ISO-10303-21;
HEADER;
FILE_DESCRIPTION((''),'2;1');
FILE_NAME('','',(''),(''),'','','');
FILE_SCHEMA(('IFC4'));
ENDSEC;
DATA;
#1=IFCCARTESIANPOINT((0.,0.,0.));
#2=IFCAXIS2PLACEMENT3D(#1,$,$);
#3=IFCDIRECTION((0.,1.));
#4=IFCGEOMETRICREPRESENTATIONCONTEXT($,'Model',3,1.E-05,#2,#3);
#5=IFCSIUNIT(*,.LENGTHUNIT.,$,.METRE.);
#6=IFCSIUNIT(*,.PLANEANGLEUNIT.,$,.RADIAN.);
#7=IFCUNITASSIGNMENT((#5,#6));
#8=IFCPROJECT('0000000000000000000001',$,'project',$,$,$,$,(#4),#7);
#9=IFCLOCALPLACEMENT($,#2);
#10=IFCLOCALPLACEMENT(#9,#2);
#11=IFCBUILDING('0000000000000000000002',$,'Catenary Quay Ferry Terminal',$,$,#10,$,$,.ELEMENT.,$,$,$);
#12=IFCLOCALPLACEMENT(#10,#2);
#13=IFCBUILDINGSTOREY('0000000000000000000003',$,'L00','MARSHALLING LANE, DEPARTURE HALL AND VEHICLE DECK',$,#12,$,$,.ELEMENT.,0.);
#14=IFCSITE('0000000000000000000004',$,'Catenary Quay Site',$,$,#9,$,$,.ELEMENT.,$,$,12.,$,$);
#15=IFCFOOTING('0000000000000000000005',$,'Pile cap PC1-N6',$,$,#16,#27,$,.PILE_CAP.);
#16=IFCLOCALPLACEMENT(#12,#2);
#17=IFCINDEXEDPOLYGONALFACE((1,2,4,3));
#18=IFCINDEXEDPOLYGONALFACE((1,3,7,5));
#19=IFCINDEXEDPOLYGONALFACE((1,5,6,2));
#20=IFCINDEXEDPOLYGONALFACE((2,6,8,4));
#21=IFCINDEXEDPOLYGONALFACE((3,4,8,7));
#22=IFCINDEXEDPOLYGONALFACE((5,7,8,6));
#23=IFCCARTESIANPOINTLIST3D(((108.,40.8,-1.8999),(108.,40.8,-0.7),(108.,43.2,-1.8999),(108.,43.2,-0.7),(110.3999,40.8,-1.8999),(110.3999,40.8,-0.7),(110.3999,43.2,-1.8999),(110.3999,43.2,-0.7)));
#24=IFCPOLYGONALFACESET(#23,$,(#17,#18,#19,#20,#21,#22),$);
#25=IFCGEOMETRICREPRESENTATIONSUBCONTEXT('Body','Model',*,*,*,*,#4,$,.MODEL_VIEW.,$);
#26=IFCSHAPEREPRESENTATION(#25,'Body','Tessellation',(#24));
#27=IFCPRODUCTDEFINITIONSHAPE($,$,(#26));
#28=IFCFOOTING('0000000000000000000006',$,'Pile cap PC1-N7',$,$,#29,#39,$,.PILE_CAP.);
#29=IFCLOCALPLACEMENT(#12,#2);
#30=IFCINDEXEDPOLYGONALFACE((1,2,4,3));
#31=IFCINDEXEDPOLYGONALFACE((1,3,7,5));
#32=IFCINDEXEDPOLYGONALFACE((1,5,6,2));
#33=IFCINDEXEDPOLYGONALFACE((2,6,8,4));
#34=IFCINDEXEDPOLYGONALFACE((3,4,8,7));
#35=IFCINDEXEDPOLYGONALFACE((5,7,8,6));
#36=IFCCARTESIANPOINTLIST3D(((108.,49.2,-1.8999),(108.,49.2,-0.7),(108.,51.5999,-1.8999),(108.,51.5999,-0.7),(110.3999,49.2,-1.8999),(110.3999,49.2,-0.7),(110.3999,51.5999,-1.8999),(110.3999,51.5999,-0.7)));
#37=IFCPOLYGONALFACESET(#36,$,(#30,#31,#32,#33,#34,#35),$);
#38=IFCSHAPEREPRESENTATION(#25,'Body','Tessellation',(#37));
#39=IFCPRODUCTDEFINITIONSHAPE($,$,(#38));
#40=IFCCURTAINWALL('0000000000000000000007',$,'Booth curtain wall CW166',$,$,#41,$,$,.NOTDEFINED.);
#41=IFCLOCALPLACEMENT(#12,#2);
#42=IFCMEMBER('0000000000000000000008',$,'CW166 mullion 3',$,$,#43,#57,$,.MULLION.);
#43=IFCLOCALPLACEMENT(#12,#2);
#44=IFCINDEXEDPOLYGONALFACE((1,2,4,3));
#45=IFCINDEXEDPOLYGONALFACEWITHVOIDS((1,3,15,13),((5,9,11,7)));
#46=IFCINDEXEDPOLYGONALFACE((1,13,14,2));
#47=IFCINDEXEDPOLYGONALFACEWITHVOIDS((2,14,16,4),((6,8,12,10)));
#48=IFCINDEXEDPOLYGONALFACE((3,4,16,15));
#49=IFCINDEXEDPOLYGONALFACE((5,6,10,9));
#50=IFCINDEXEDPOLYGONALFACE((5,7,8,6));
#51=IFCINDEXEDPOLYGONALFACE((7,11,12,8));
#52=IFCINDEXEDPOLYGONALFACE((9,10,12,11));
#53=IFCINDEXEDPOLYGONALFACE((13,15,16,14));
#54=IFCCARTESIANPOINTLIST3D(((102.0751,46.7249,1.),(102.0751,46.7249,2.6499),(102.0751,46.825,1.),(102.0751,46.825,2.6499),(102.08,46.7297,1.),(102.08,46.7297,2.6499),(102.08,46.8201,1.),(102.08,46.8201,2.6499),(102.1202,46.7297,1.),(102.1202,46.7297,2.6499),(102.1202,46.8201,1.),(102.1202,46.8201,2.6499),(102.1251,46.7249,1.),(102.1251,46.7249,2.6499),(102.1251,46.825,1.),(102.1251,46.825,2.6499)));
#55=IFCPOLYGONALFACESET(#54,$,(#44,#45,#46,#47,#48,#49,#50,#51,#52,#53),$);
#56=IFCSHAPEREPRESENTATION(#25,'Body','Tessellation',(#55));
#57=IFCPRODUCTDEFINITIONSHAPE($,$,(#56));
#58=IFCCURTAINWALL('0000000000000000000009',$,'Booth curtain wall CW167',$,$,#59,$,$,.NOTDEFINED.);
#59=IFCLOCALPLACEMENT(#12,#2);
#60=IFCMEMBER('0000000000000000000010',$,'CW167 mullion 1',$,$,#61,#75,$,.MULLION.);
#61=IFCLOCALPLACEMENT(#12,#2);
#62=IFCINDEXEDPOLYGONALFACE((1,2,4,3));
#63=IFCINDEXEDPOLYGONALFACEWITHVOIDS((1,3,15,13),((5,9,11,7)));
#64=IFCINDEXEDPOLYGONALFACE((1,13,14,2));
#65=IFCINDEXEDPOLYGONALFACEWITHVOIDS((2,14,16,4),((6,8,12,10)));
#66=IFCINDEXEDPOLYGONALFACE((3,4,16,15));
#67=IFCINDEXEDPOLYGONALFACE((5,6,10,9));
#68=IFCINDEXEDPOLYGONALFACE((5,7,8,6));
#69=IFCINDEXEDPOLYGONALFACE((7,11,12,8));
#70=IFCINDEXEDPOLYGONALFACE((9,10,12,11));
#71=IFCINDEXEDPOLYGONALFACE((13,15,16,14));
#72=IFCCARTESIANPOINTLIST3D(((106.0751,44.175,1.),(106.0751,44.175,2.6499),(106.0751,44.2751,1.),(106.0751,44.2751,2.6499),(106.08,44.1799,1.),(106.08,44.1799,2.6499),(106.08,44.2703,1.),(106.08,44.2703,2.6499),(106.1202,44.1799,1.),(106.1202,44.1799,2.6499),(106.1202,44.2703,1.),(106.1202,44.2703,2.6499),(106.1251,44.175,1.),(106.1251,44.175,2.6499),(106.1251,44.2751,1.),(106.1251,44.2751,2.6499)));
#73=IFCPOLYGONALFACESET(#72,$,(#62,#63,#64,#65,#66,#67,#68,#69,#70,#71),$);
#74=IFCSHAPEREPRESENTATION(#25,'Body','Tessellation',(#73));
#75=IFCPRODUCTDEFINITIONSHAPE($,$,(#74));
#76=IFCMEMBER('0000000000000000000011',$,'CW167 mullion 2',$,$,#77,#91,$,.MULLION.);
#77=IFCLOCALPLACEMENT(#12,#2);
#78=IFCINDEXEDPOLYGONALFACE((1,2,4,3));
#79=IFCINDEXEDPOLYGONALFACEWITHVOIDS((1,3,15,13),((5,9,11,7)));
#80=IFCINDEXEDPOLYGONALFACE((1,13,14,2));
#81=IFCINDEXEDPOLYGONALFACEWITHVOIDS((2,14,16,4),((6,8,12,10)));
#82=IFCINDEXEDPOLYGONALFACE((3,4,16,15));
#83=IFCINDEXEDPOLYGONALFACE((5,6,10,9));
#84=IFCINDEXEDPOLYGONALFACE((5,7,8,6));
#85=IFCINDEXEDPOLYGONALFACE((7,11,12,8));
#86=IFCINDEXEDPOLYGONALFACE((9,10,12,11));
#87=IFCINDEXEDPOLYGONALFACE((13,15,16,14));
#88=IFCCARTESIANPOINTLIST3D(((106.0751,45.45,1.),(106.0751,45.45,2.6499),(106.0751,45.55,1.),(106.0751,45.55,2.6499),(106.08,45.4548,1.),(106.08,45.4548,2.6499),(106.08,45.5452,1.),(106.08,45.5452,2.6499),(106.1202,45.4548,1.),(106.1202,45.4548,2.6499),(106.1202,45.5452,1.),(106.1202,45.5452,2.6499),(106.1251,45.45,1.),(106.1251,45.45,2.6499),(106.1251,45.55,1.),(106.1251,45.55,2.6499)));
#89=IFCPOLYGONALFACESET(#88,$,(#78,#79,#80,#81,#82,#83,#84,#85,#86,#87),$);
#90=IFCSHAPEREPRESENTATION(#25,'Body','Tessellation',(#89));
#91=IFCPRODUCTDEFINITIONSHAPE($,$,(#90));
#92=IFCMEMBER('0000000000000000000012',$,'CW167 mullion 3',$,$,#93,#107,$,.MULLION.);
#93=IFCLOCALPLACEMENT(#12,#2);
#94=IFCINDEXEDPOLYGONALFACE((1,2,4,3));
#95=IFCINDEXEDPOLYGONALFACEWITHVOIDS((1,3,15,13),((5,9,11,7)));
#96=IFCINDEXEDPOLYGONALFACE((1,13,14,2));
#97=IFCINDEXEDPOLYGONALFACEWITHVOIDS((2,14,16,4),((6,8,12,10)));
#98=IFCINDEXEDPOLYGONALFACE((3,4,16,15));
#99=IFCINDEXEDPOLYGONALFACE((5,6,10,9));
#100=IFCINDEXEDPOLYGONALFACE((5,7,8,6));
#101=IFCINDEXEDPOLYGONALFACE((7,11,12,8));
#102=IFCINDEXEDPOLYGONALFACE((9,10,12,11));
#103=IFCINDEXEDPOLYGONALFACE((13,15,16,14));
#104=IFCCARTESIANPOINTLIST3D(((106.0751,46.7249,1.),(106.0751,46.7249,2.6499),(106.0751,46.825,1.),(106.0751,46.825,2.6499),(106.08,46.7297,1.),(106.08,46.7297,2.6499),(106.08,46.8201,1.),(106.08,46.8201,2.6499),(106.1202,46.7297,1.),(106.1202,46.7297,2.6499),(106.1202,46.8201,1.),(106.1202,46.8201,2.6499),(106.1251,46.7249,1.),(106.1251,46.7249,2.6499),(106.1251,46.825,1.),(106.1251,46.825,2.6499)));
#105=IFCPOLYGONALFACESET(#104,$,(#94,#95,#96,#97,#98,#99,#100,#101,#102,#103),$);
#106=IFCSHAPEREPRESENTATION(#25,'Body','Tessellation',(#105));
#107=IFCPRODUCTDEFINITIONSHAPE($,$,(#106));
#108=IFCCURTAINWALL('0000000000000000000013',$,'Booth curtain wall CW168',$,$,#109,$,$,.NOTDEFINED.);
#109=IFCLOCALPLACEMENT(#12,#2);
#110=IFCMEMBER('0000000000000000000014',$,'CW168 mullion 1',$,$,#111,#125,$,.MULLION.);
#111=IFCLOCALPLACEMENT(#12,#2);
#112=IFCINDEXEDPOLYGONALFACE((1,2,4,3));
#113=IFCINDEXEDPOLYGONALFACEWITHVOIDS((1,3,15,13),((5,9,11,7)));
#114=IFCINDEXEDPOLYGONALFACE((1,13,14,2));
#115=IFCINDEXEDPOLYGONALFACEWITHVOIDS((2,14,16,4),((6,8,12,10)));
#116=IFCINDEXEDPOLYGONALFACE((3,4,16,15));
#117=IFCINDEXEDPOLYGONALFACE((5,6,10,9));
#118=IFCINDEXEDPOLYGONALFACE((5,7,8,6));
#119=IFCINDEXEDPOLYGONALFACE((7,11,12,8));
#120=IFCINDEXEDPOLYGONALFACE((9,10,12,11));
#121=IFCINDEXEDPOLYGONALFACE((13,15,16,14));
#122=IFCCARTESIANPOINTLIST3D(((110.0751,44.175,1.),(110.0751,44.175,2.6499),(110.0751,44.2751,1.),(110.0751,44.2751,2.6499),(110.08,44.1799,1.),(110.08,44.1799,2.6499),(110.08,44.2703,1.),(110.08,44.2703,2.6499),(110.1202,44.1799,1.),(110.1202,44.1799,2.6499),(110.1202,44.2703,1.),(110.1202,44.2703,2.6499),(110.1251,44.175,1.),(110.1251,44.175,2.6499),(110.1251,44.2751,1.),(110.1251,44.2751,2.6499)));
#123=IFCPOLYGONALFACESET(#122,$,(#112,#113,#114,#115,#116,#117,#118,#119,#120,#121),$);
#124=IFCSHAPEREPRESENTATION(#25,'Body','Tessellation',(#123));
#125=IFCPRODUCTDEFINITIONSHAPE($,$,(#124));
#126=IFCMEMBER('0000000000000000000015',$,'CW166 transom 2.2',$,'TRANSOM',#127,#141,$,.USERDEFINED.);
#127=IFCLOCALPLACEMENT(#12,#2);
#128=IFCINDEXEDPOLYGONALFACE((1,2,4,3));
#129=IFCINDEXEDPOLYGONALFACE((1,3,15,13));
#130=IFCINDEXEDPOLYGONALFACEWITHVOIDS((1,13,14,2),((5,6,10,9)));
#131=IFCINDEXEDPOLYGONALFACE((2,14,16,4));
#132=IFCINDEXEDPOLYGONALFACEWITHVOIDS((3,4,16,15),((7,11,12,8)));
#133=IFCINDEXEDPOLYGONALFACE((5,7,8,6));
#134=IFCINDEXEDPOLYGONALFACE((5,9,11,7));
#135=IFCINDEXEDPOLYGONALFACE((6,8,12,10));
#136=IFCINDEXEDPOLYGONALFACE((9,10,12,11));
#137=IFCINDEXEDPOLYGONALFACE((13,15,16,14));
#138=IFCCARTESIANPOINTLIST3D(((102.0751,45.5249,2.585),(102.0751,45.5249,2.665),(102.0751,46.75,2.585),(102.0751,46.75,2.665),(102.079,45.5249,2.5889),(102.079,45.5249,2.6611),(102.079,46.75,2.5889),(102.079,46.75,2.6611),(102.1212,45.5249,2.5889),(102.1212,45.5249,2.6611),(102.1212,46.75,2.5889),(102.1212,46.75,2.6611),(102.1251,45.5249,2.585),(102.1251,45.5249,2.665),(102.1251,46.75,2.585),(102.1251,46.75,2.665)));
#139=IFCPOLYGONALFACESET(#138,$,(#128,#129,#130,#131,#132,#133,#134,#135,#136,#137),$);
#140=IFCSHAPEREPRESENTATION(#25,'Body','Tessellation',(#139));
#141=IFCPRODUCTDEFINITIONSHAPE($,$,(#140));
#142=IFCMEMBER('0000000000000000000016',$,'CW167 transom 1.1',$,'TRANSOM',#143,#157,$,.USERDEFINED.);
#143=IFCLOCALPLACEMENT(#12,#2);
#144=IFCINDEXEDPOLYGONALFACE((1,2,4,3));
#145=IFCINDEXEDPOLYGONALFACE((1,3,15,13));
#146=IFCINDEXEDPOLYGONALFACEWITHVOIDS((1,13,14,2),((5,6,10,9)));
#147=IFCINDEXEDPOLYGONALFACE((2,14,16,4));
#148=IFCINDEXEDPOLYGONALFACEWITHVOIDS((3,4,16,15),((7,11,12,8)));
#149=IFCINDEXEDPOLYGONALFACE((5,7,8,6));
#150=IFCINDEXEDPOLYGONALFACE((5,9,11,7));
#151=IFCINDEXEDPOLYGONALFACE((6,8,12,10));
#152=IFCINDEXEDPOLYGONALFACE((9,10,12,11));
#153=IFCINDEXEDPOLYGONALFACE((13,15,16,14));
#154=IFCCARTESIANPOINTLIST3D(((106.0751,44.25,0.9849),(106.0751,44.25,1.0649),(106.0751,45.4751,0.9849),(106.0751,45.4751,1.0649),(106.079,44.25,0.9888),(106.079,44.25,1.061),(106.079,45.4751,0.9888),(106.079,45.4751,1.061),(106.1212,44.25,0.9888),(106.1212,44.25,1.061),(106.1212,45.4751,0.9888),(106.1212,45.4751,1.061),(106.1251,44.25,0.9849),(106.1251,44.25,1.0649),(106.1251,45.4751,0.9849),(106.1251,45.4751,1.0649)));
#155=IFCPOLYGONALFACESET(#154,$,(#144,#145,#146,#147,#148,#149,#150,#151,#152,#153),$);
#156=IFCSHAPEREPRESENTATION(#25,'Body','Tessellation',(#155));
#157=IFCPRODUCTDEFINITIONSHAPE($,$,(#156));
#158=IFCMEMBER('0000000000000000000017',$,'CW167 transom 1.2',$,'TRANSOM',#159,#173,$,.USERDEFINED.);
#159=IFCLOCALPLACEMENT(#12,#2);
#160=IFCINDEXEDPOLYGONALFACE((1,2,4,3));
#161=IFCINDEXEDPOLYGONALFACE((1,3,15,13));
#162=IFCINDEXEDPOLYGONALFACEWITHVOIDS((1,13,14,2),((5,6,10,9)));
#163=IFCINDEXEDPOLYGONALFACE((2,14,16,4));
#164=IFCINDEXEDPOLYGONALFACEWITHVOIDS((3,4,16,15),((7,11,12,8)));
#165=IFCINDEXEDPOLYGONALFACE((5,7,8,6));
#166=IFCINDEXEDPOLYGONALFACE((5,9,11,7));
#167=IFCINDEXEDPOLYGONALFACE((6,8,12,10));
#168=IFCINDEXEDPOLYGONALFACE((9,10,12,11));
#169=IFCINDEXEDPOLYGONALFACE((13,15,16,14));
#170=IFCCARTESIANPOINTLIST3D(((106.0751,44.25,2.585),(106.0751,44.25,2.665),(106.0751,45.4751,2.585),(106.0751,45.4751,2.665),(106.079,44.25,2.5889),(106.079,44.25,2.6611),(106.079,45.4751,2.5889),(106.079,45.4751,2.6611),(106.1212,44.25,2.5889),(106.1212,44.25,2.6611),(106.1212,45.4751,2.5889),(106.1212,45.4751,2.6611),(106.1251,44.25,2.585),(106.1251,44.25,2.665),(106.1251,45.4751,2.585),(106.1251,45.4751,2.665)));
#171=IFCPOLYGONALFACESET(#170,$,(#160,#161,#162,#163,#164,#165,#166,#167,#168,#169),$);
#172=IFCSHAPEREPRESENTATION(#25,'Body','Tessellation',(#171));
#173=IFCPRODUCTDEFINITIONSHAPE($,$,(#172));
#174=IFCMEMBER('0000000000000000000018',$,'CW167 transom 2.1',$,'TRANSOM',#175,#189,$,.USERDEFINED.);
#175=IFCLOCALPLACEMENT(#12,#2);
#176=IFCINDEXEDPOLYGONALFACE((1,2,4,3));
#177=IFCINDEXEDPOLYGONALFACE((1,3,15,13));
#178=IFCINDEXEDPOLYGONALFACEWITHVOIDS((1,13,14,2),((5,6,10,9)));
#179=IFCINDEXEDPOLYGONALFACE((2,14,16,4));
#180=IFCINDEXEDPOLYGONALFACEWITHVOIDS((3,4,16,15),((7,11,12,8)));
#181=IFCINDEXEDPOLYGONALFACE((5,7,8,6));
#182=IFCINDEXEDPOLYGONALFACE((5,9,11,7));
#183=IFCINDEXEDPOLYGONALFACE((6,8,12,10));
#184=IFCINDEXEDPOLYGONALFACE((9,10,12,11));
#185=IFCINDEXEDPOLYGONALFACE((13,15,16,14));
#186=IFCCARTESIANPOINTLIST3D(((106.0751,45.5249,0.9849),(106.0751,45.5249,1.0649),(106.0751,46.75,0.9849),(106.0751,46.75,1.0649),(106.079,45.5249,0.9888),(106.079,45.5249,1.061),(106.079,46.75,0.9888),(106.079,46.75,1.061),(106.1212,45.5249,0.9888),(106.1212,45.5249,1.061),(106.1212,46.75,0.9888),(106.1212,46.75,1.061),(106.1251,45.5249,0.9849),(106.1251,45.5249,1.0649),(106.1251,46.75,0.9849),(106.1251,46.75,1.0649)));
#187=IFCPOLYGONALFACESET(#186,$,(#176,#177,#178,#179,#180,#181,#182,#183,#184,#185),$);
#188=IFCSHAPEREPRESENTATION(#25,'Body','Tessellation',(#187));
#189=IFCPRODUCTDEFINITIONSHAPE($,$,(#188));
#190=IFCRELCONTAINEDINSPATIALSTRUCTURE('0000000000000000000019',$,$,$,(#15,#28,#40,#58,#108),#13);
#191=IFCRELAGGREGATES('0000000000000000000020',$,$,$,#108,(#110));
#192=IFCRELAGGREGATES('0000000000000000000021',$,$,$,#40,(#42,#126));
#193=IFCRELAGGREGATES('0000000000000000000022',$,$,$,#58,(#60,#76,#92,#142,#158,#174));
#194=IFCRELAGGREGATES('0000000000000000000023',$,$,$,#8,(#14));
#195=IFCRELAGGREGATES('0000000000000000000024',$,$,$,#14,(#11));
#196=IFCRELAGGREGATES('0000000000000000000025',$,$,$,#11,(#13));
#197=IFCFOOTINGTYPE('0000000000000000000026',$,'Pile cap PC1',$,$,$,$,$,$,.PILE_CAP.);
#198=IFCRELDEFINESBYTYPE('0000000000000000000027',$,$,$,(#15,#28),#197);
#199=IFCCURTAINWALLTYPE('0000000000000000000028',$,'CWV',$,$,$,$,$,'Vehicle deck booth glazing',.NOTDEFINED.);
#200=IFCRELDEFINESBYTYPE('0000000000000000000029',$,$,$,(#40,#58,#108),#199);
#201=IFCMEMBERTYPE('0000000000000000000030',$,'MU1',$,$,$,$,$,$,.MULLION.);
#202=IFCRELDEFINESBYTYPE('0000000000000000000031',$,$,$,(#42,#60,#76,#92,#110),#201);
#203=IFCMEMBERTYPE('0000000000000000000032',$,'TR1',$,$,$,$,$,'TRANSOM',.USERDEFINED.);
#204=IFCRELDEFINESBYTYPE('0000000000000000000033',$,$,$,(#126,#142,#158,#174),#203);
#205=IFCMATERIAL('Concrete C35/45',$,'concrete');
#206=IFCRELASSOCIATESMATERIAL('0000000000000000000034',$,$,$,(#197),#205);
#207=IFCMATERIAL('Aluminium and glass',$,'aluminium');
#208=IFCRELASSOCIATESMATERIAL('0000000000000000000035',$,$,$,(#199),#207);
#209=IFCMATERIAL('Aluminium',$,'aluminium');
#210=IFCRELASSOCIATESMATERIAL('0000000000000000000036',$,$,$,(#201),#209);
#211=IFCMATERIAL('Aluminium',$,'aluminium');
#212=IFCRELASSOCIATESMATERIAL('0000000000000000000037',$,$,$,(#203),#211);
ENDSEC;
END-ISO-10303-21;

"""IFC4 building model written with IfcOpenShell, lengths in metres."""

from ifc_helpers import new_model, si_unit, direction, frame, origin, origin_2d, place, context, subcontext, project, spatial, rectangle, hollow_rectangle, extrude, material, material_profile, profile_set, type_object, element, aggregate, save


model = new_model("IFC4")

# Units and contexts
model_context = context("Model", 3, precision=1e-05, world=origin(), true_north=direction((0.0, 1.0)))
body_context = subcontext(model_context, "Body", "Model", "MODEL_VIEW")
ifc_project = project(units=[si_unit("LENGTHUNIT", "METRE"), si_unit("PLANEANGLEUNIT", "RADIAN")], contexts=[model_context])

# Site, building, storey
site_placement = place(None, origin())
site = spatial("IfcSite", under=ifc_project, at=site_placement, Name="Catenary Quay Site", CompositionType="ELEMENT", RefElevation=12.0)
building_placement = place(site_placement, origin())
building = spatial("IfcBuilding", under=site, at=building_placement, Name="Catenary Quay Ferry Terminal", CompositionType="ELEMENT")
storey_placement = place(building_placement, origin())
storey = spatial("IfcBuildingStorey", under=building, at=storey_placement, Name="L00", Description="MARSHALLING LANE, DEPARTURE HALL AND VEHICLE DECK", CompositionType="ELEMENT", Elevation=0.0)

# Footings
ifc_material_1 = material(Name="Concrete C35/45", Category="concrete")
footing_type = type_object("IfcFootingType", Name="Pile cap PC1", PredefinedType="PILE_CAP", material=ifc_material_1)
for number, where, z_axis, x_axis, name in (
    (1, (109.2, 42.0, -1.8999), (0.0, 0.0, 1.0), (1.0, 0.0, 0.0), "Pile cap PC1-N6"),
    (2, (109.2, 50.3999, -1.8999), (0.0, 0.0, 1.0), (1.0, 0.0, 0.0), "Pile cap PC1-N7"),
):
    element("IfcFooting", number, at=place(storey_placement, frame(where, z_axis=z_axis, x_axis=x_axis)), inside=storey, type_object=footing_type, Name=name, PredefinedType="PILE_CAP", context=body_context, shape_type="SweptSolid", body=[
        extrude(rectangle(XDim=2.3999, YDim=2.3999, at=origin_2d()), origin(), (0.0, 0.0, 1.0), 1.2),
    ])

# Curtain wall, member
ifc_material_2 = material(Name="Aluminium and glass", Category="aluminium")
curtain_wall_type = type_object("IfcCurtainWallType", Name="CWV", ElementType="Vehicle deck booth glazing", PredefinedType="NOTDEFINED", material=ifc_material_2)
curtain_wall_1_placement = place(storey_placement, origin())
curtain_wall_1 = element("IfcCurtainWall", 3, at=curtain_wall_1_placement, inside=storey, type_object=curtain_wall_type, Name="Booth curtain wall CW166", PredefinedType="NOTDEFINED")
ifc_material_3 = material(Name="Aluminium", Category="aluminium")
ifc_material_profile_1 = material_profile(ifc_material_3, hollow_rectangle(XDim=0.05, YDim=0.1001, WallThickness=0.0049, at=origin_2d()), Name="MU1")
ifc_profile_set_1 = profile_set([ifc_material_profile_1], Name="Aluminium")
member_type_1 = type_object("IfcMemberType", Name="MU1", PredefinedType="MULLION", material=ifc_profile_set_1)
member_1_placement = place(storey_placement, frame((102.1001, 46.7749, 1.0), z_axis=(0.0, 0.0, 1.0), x_axis=(-1.0, 0.0, 0.0)))
member_1 = element("IfcMember", 4, at=member_1_placement, type_object=member_type_1, Name="CW166 mullion 3", PredefinedType="MULLION", context=body_context, shape_type="SweptSolid", body=[
    extrude(hollow_rectangle(XDim=0.05, YDim=0.1001, WallThickness=0.0049, at=origin_2d()), origin(), (0.0, 0.0, 1.0), 1.6499),
])

# Curtain wall, members
curtain_wall_2_placement = place(storey_placement, origin())
curtain_wall_2 = element("IfcCurtainWall", 5, at=curtain_wall_2_placement, inside=storey, type_object=curtain_wall_type, Name="Booth curtain wall CW167", PredefinedType="NOTDEFINED")
member_2_placement = place(storey_placement, frame((106.1001, 44.2251, 1.0), z_axis=(0.0, 0.0, 1.0), x_axis=(-1.0, 0.0, 0.0)))
member_2 = element("IfcMember", 6, at=member_2_placement, type_object=member_type_1, Name="CW167 mullion 1", PredefinedType="MULLION", context=body_context, shape_type="SweptSolid", body=[
    extrude(hollow_rectangle(XDim=0.05, YDim=0.1001, WallThickness=0.0049, at=origin_2d()), origin(), (0.0, 0.0, 1.0), 1.6499),
])
member_3_placement = place(storey_placement, frame((106.1001, 45.5, 1.0), z_axis=(0.0, 0.0, 1.0), x_axis=(-1.0, 0.0, 0.0)))
member_3 = element("IfcMember", 7, at=member_3_placement, type_object=member_type_1, Name="CW167 mullion 2", PredefinedType="MULLION", context=body_context, shape_type="SweptSolid", body=[
    extrude(hollow_rectangle(XDim=0.05, YDim=0.1001, WallThickness=0.0049, at=origin_2d()), origin(), (0.0, 0.0, 1.0), 1.6499),
])
member_4_placement = place(storey_placement, frame((106.1001, 46.7749, 1.0), z_axis=(0.0, 0.0, 1.0), x_axis=(-1.0, 0.0, 0.0)))
member_4 = element("IfcMember", 8, at=member_4_placement, type_object=member_type_1, Name="CW167 mullion 3", PredefinedType="MULLION", context=body_context, shape_type="SweptSolid", body=[
    extrude(hollow_rectangle(XDim=0.05, YDim=0.1001, WallThickness=0.0049, at=origin_2d()), origin(), (0.0, 0.0, 1.0), 1.6499),
])

# Curtain wall, member
curtain_wall_3_placement = place(storey_placement, origin())
curtain_wall_3 = element("IfcCurtainWall", 9, at=curtain_wall_3_placement, inside=storey, type_object=curtain_wall_type, Name="Booth curtain wall CW168", PredefinedType="NOTDEFINED")
member_5_placement = place(storey_placement, frame((110.1001, 44.2251, 1.0), z_axis=(0.0, 0.0, 1.0), x_axis=(-1.0, 0.0, 0.0)))
member_5 = element("IfcMember", 10, at=member_5_placement, type_object=member_type_1, Name="CW168 mullion 1", PredefinedType="MULLION", context=body_context, shape_type="SweptSolid", body=[
    extrude(hollow_rectangle(XDim=0.05, YDim=0.1001, WallThickness=0.0049, at=origin_2d()), origin(), (0.0, 0.0, 1.0), 1.6499),
])

# Members
ifc_material_4 = material(Name="Aluminium", Category="aluminium")
ifc_material_profile_2 = material_profile(ifc_material_4, hollow_rectangle(XDim=0.05, YDim=0.0801, WallThickness=0.0039, at=origin_2d()), Name="TR1")
ifc_profile_set_2 = profile_set([ifc_material_profile_2], Name="Aluminium")
member_type_2 = type_object("IfcMemberType", Name="TR1", ElementType="TRANSOM", PredefinedType="USERDEFINED", material=ifc_profile_set_2)
member_6_placement = place(storey_placement, frame((102.1001, 45.5249, 2.625), z_axis=(0.0, 1.0, 0.0), x_axis=(-1.0, 0.0, 0.0)))
member_6 = element("IfcMember", 11, at=member_6_placement, type_object=member_type_2, Name="CW166 transom 2.2", ObjectType="TRANSOM", PredefinedType="USERDEFINED", context=body_context, shape_type="SweptSolid", body=[
    extrude(hollow_rectangle(XDim=0.05, YDim=0.0801, WallThickness=0.0039, at=origin_2d()), origin(), (0.0, 0.0, 1.0), 1.2251),
])
member_7_placement = place(storey_placement, frame((106.1001, 44.25, 1.0249), z_axis=(0.0, 1.0, 0.0), x_axis=(-1.0, 0.0, 0.0)))
member_7 = element("IfcMember", 12, at=member_7_placement, type_object=member_type_2, Name="CW167 transom 1.1", ObjectType="TRANSOM", PredefinedType="USERDEFINED", context=body_context, shape_type="SweptSolid", body=[
    extrude(hollow_rectangle(XDim=0.05, YDim=0.0801, WallThickness=0.0039, at=origin_2d()), origin(), (0.0, 0.0, 1.0), 1.2251),
])
member_8_placement = place(storey_placement, frame((106.1001, 44.25, 2.625), z_axis=(0.0, 1.0, 0.0), x_axis=(-1.0, 0.0, 0.0)))
member_8 = element("IfcMember", 13, at=member_8_placement, type_object=member_type_2, Name="CW167 transom 1.2", ObjectType="TRANSOM", PredefinedType="USERDEFINED", context=body_context, shape_type="SweptSolid", body=[
    extrude(hollow_rectangle(XDim=0.05, YDim=0.0801, WallThickness=0.0039, at=origin_2d()), origin(), (0.0, 0.0, 1.0), 1.2251),
])
member_9_placement = place(storey_placement, frame((106.1001, 45.5249, 1.0249), z_axis=(0.0, 1.0, 0.0), x_axis=(-1.0, 0.0, 0.0)))
member_9 = element("IfcMember", 14, at=member_9_placement, type_object=member_type_2, Name="CW167 transom 2.1", ObjectType="TRANSOM", PredefinedType="USERDEFINED", context=body_context, shape_type="SweptSolid", body=[
    extrude(hollow_rectangle(XDim=0.05, YDim=0.0801, WallThickness=0.0039, at=origin_2d()), origin(), (0.0, 0.0, 1.0), 1.2251),
])
aggregate(curtain_wall_3, [member_5])

aggregate(curtain_wall_1, [member_1, member_6])
aggregate(curtain_wall_2, [member_2, member_3, member_4, member_7, member_8, member_9])

save(model, "model.ifc")
